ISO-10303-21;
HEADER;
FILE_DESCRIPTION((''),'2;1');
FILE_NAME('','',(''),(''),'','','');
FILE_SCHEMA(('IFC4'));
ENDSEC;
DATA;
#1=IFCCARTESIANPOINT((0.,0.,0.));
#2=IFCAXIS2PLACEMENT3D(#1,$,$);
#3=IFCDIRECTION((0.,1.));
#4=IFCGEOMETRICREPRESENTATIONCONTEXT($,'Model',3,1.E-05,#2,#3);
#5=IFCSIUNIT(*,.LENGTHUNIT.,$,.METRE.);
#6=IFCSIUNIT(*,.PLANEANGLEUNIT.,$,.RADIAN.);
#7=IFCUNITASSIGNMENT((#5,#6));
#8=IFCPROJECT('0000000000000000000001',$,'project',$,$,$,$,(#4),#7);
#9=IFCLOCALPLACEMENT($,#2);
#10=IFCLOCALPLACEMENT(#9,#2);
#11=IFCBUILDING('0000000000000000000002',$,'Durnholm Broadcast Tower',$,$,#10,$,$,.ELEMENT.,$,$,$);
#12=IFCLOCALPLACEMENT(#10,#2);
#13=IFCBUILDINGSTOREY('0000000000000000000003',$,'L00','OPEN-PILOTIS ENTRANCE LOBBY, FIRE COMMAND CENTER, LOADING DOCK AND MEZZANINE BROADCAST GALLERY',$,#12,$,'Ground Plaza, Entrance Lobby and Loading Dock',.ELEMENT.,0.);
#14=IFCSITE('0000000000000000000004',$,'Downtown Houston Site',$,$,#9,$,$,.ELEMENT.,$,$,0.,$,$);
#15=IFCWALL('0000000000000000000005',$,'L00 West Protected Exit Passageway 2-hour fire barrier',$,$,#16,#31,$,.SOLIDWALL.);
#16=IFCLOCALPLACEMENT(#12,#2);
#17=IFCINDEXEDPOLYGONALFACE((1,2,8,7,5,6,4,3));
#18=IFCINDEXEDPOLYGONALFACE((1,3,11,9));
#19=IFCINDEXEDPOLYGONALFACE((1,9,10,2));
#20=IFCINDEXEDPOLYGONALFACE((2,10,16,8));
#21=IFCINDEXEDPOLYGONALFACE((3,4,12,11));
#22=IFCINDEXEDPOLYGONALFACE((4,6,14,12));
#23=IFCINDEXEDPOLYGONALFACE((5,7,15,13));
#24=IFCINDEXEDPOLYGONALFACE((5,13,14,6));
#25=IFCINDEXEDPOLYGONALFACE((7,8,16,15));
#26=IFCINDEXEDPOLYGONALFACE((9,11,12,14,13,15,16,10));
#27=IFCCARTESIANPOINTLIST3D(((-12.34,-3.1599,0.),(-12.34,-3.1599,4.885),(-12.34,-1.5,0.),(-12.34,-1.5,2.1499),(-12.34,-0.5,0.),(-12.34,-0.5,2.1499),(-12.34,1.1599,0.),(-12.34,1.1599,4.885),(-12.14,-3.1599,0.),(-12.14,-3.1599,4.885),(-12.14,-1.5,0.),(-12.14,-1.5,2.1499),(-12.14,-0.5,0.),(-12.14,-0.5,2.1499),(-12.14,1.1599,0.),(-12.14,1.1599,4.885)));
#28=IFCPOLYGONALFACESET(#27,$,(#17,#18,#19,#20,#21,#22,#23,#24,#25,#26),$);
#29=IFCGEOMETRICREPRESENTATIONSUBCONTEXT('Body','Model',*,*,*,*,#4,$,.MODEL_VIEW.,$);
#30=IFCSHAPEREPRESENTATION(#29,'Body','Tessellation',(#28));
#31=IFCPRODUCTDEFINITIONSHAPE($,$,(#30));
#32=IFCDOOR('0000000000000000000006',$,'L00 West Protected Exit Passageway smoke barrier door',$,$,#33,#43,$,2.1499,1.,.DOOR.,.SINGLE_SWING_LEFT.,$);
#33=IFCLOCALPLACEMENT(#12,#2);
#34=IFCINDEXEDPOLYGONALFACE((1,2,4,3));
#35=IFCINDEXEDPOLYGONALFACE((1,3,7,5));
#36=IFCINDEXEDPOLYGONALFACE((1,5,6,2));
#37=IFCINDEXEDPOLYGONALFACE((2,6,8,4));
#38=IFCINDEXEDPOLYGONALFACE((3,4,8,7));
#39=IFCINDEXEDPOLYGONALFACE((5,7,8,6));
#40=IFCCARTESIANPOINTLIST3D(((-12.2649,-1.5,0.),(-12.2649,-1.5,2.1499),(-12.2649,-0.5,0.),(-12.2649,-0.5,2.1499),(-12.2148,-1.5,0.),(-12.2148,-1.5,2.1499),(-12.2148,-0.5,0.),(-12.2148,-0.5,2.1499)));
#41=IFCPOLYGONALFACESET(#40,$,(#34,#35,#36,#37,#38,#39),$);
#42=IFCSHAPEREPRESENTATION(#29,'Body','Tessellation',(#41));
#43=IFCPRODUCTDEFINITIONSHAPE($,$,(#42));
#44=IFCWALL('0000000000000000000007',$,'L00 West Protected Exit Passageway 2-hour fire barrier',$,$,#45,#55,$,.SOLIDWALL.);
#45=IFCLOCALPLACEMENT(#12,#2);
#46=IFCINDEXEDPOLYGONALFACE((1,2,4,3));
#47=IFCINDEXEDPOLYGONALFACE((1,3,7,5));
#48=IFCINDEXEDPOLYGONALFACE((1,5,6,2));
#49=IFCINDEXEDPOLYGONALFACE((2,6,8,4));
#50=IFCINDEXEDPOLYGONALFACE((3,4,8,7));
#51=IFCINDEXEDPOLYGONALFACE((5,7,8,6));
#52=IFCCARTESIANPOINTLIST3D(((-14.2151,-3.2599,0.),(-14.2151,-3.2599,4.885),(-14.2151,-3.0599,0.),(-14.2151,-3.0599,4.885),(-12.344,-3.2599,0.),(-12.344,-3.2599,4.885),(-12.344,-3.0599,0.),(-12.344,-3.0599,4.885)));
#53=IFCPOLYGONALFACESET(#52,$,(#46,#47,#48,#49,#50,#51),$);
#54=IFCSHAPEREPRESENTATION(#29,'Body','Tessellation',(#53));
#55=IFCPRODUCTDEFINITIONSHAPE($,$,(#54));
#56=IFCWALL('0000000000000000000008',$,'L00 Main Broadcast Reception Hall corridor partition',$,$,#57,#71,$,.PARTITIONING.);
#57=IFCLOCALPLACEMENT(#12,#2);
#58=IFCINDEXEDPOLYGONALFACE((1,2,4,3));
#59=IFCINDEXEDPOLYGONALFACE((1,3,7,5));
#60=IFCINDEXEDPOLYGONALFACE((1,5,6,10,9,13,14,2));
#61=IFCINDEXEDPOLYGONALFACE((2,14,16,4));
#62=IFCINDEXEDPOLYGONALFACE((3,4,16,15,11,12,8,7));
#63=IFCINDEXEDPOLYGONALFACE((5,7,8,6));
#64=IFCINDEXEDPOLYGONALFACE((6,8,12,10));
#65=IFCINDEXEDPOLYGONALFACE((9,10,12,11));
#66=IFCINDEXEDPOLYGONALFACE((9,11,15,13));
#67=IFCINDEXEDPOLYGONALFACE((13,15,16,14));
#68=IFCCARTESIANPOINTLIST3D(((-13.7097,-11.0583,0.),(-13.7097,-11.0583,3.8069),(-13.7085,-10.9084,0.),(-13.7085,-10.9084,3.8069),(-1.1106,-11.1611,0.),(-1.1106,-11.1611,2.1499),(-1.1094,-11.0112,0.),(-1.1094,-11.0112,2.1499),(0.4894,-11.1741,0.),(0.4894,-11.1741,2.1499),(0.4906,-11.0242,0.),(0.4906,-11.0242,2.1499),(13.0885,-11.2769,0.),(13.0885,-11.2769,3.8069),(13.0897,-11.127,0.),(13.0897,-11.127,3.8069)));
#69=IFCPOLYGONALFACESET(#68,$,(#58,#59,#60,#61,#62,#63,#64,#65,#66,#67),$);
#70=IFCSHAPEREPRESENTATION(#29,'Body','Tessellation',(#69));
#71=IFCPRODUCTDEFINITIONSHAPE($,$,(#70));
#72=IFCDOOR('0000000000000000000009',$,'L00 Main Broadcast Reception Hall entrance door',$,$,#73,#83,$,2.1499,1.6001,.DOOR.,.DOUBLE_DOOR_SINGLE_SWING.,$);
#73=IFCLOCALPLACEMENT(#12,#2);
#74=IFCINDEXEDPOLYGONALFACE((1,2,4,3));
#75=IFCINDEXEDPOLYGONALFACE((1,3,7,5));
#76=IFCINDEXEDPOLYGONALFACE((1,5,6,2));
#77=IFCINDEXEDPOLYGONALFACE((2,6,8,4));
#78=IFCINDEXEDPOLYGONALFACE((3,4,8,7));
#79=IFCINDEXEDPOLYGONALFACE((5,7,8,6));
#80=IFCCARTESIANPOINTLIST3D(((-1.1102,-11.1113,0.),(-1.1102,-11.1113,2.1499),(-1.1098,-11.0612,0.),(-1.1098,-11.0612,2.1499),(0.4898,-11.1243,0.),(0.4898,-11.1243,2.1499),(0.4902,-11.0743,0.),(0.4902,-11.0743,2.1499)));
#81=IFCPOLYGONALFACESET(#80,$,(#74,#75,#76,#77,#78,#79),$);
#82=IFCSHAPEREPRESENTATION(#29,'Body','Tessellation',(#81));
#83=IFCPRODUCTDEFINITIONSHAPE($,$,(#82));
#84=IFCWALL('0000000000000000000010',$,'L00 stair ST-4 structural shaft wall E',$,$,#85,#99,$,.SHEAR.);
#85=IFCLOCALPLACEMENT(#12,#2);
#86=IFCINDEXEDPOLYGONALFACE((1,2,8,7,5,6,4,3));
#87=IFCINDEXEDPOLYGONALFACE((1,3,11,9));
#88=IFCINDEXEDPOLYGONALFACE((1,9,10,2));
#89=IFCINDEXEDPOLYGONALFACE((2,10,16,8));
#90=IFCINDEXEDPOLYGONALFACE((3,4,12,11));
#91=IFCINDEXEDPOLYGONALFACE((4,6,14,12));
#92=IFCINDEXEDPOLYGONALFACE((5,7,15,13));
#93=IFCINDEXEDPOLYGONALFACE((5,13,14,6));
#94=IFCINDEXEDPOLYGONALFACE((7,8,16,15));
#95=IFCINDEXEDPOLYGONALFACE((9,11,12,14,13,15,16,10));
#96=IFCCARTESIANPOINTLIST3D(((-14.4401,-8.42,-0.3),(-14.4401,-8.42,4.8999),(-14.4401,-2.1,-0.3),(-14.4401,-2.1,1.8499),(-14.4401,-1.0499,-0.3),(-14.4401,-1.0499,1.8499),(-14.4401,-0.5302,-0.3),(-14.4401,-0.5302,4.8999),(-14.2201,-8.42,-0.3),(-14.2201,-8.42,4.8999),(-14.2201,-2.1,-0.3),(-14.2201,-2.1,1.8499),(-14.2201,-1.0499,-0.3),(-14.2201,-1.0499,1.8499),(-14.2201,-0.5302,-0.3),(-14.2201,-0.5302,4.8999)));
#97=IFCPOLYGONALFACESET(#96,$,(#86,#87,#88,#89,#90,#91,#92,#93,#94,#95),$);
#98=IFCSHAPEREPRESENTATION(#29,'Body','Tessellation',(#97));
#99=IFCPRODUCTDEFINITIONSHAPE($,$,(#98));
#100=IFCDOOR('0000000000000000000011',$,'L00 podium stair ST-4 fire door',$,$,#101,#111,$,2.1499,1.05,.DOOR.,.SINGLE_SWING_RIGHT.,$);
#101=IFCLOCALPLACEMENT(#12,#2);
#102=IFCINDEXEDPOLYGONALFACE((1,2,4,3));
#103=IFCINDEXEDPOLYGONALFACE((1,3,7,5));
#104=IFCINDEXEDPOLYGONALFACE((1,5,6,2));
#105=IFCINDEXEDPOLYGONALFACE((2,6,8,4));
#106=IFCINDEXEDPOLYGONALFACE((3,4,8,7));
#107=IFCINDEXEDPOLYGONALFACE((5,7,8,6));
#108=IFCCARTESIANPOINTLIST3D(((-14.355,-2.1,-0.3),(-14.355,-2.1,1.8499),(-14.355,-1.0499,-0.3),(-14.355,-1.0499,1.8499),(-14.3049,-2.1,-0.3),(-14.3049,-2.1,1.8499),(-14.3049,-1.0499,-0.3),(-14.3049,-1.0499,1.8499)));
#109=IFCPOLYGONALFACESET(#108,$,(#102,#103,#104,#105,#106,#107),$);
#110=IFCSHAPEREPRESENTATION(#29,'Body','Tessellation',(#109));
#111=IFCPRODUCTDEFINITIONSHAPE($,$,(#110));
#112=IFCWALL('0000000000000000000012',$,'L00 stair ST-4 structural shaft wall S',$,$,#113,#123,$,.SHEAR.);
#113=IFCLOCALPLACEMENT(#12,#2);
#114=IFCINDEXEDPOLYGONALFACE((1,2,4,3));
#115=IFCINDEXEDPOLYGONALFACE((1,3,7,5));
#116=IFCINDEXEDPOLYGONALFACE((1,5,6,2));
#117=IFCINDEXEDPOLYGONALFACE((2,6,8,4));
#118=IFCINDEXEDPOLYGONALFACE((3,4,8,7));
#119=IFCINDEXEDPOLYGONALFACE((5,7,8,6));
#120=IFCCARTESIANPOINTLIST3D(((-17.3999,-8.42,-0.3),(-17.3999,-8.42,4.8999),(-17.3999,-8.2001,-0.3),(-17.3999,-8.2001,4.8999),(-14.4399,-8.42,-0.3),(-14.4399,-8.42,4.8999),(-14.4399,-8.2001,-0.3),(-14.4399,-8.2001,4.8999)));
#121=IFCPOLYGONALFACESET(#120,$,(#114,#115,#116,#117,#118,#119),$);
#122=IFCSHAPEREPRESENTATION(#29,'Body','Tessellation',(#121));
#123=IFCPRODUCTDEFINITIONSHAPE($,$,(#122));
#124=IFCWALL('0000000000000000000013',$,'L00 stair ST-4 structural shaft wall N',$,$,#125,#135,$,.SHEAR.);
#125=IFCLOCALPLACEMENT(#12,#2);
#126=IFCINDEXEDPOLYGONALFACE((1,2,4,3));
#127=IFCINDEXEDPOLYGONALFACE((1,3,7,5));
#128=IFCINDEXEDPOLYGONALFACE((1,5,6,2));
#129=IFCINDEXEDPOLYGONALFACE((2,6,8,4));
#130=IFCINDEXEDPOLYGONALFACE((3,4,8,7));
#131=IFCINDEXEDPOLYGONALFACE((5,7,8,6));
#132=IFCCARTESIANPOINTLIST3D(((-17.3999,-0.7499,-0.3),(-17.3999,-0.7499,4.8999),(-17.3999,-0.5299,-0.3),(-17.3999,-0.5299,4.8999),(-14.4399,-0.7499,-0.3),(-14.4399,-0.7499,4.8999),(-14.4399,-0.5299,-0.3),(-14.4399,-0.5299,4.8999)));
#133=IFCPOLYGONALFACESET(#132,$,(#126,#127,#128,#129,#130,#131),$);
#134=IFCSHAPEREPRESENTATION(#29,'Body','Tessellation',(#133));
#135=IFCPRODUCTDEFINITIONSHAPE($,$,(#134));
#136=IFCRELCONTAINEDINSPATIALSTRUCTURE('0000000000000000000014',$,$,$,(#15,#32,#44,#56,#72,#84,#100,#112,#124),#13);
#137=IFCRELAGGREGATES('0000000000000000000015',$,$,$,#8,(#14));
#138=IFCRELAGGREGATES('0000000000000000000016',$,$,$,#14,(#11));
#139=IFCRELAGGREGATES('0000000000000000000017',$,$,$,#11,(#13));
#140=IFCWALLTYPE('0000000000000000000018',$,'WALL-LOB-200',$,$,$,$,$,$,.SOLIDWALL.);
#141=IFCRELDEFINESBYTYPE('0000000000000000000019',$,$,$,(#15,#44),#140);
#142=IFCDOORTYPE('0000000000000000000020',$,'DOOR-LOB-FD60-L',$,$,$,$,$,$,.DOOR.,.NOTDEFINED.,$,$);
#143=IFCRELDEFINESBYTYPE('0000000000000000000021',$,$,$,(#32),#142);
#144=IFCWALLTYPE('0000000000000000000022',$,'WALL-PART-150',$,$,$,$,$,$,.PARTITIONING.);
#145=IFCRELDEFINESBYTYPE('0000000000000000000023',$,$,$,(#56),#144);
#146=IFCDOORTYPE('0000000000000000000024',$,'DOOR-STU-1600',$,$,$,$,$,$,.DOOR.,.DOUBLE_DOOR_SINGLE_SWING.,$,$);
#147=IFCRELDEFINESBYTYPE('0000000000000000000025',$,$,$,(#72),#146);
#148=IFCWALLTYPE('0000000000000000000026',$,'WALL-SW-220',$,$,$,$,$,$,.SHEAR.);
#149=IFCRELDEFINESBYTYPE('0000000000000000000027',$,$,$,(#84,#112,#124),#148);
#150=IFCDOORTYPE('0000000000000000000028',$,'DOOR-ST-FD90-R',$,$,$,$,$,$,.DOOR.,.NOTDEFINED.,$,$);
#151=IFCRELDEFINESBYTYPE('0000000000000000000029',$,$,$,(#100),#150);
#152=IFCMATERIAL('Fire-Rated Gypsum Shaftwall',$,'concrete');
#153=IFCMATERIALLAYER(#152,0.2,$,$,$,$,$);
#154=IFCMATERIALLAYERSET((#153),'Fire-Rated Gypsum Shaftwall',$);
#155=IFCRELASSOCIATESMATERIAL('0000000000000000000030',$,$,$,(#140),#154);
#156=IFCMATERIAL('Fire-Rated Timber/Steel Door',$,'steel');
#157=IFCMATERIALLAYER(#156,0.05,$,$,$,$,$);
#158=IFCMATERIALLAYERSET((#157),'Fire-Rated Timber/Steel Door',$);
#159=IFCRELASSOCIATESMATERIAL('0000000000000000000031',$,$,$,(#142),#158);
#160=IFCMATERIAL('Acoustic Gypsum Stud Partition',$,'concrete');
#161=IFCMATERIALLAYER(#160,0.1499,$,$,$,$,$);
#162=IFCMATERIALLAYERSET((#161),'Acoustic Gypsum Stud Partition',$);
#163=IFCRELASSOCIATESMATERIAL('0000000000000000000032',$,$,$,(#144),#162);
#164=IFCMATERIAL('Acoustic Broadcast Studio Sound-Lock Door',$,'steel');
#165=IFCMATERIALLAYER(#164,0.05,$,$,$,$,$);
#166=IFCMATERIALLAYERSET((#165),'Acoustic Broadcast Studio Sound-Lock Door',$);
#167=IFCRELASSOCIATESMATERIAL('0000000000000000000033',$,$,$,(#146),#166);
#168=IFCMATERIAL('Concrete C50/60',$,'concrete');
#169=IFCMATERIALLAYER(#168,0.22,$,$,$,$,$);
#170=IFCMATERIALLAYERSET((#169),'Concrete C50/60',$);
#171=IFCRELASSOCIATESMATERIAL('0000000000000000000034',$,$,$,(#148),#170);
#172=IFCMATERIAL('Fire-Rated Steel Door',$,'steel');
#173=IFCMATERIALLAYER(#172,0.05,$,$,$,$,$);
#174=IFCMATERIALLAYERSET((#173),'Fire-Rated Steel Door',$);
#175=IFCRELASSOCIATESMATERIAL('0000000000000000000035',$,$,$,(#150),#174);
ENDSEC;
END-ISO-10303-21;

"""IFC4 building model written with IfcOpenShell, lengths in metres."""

from ifc_helpers import new_model, si_unit, direction, frame, frame_2d, origin, place, context, subcontext, project, spatial, rectangle, extrude, source, transform, mapped, material, layer, layer_set, type_object, type_shapes, element, fill, save


model = new_model("IFC4")

# Units and contexts
model_context = context("Model", 3, precision=1e-05, world=origin(), true_north=direction((0.0, 1.0)))
body_context = subcontext(model_context, "Body", "Model", "MODEL_VIEW")
ifc_project = project(units=[si_unit("LENGTHUNIT", "METRE"), si_unit("PLANEANGLEUNIT", "RADIAN")], contexts=[model_context])

# Site, building, storey
site_placement = place(None, origin())
site = spatial("IfcSite", under=ifc_project, at=site_placement, Name="Downtown Houston Site", CompositionType="ELEMENT", RefElevation=0.0)
building_placement = place(site_placement, origin())
building = spatial("IfcBuilding", under=site, at=building_placement, Name="Durnholm Broadcast Tower", CompositionType="ELEMENT")
storey_placement = place(building_placement, origin())
storey = spatial("IfcBuildingStorey", under=building, at=storey_placement, Name="L00", Description="OPEN-PILOTIS ENTRANCE LOBBY, FIRE COMMAND CENTER, LOADING DOCK AND MEZZANINE BROADCAST GALLERY", LongName="Ground Plaza, Entrance Lobby and Loading Dock", CompositionType="ELEMENT", Elevation=0.0)

# Wall, opening, door
ifc_material_1 = material(Name="Fire-Rated Gypsum Shaftwall", Category="concrete")
ifc_layer_1 = layer(ifc_material_1, 0.2)
ifc_layer_set_1 = layer_set([ifc_layer_1], Name="Fire-Rated Gypsum Shaftwall")
wall_type_1 = type_object("IfcWallType", Name="WALL-LOB-200", PredefinedType="SOLIDWALL", material=ifc_layer_set_1)
wall_1_placement = place(storey_placement, frame((-12.24, -3.1599, 0.0), z_axis=(0.0, 0.0, 1.0), x_axis=(0.0, 1.0, 0.0)))
wall_1 = element("IfcWall", 1, at=wall_1_placement, inside=storey, type_object=wall_type_1, Name="L00 West Protected Exit Passageway 2-hour fire barrier", PredefinedType="SOLIDWALL", context=body_context, shape_type="SweptSolid", body=[
    extrude(rectangle(XDim=4.3198, YDim=0.2, at=frame_2d((2.1599, 0.0))), origin(), (0.0, 0.0, 1.0), 4.885),
])
opening_1_placement = place(wall_1_placement, frame((1.6599, 0.0, 0.0)))
opening_1 = element("IfcOpeningElement", 2, at=opening_1_placement, cuts=wall_1, PredefinedType="OPENING", context=body_context, shape_type="SweptSolid", body=[
    extrude(rectangle(XDim=1.0, YDim=2.1499, at=frame_2d((0.5, 1.075))), frame((0.0, 0.1099, 0.0), z_axis=(0.0, -1.0, 0.0), x_axis=(1.0, 0.0, 0.0)), (0.0, 0.0, 1.0), 0.22),
])
ifc_material_2 = material(Name="Fire-Rated Timber/Steel Door", Category="steel")
ifc_layer_2 = layer(ifc_material_2, 0.05)
ifc_layer_set_2 = layer_set([ifc_layer_2], Name="Fire-Rated Timber/Steel Door")
door_type_1 = type_object("IfcDoorType", Name="DOOR-LOB-FD60-L", OperationType="NOTDEFINED", PredefinedType="DOOR", material=ifc_layer_set_2)
shared_shape_1 = source(origin(), body_context, "Body", "SweptSolid", [
    extrude(rectangle(XDim=1.0, YDim=2.1499, at=frame_2d((0.5, 1.075))), frame((0.0, 0.0249, 0.0), z_axis=(0.0, -1.0, 0.0), x_axis=(1.0, 0.0, 0.0)), (0.0, 0.0, 1.0), 0.05),
])
type_shapes(door_type_1, [shared_shape_1])
door_1_placement = place(opening_1_placement, origin())
door_1 = element("IfcDoor", 3, at=door_1_placement, inside=storey, type_object=door_type_1, Name="L00 West Protected Exit Passageway smoke barrier door", OperationType="SINGLE_SWING_LEFT", OverallHeight=2.1499, OverallWidth=1.0, PredefinedType="DOOR", context=body_context, shape_type="MappedRepresentation", body=[
    mapped(shared_shape_1, transform((0.0, 0.0, 0.0), x_axis=(1.0, 0.0, 0.0), y_axis=(0.0, 1.0, 0.0), z_axis=(0.0, 0.0, 1.0), scale=1.0)),
])
fill(opening_1, door_1)

# Wall
wall_2_placement = place(storey_placement, frame((-14.2151, -3.1599, 0.0), z_axis=(0.0, 0.0, 1.0), x_axis=(1.0, 0.0, 0.0)))
element("IfcWall", 4, at=wall_2_placement, inside=storey, type_object=wall_type_1, Name="L00 West Protected Exit Passageway 2-hour fire barrier", PredefinedType="SOLIDWALL", context=body_context, shape_type="SweptSolid", body=[
    extrude(rectangle(XDim=1.8711, YDim=0.2, at=frame_2d((0.9355, 0.0))), origin(), (0.0, 0.0, 1.0), 4.885),
])

# Walls, openings, doors
ifc_material_3 = material(Name="Acoustic Gypsum Stud Partition", Category="concrete")
ifc_layer_3 = layer(ifc_material_3, 0.1499)
ifc_layer_set_3 = layer_set([ifc_layer_3], Name="Acoustic Gypsum Stud Partition")
wall_type_2 = type_object("IfcWallType", Name="WALL-PART-150", PredefinedType="PARTITIONING", material=ifc_layer_set_3)
wall_3_placement = place(storey_placement, frame((-13.709, -10.9834, 0.0), z_axis=(0.0, 0.0, 1.0), x_axis=(0.999967, -0.008154, 0.0)))
wall_3 = element("IfcWall", 5, at=wall_3_placement, inside=storey, type_object=wall_type_2, Name="L00 Main Broadcast Reception Hall corridor partition", PredefinedType="PARTITIONING", context=body_context, shape_type="SweptSolid", body=[
    extrude(rectangle(XDim=26.7991, YDim=0.1499, at=frame_2d((13.3994, 0.0))), origin(), (0.0, 0.0, 1.0), 3.8069),
])
opening_2_placement = place(wall_3_placement, frame((12.5994, 0.0, 0.0)))
opening_2 = element("IfcOpeningElement", 6, at=opening_2_placement, cuts=wall_3, PredefinedType="OPENING", context=body_context, shape_type="SweptSolid", body=[
    extrude(rectangle(XDim=1.6001, YDim=2.1499, at=frame_2d((0.8, 1.075))), frame((0.0, 0.085, 0.0), z_axis=(0.0, -1.0, 0.0), x_axis=(1.0, 0.0, 0.0)), (0.0, 0.0, 1.0), 0.1699),
])
ifc_material_4 = material(Name="Acoustic Broadcast Studio Sound-Lock Door", Category="steel")
ifc_layer_4 = layer(ifc_material_4, 0.05)
ifc_layer_set_4 = layer_set([ifc_layer_4], Name="Acoustic Broadcast Studio Sound-Lock Door")
door_type_2 = type_object("IfcDoorType", Name="DOOR-STU-1600", OperationType="DOUBLE_DOOR_SINGLE_SWING", PredefinedType="DOOR", material=ifc_layer_set_4)
shared_shape_2 = source(origin(), body_context, "Body", "SweptSolid", [
    extrude(rectangle(XDim=1.6001, YDim=2.1499, at=frame_2d((0.8, 1.075))), frame((0.0, 0.0249, 0.0), z_axis=(0.0, -1.0, 0.0), x_axis=(1.0, 0.0, 0.0)), (0.0, 0.0, 1.0), 0.05),
])
type_shapes(door_type_2, [shared_shape_2])
door_2_placement = place(opening_2_placement, origin())
door_2 = element("IfcDoor", 7, at=door_2_placement, inside=storey, type_object=door_type_2, Name="L00 Main Broadcast Reception Hall entrance door", OperationType="DOUBLE_DOOR_SINGLE_SWING", OverallHeight=2.1499, OverallWidth=1.6001, PredefinedType="DOOR", context=body_context, shape_type="MappedRepresentation", body=[
    mapped(shared_shape_2, transform((0.0, 0.0, 0.0), x_axis=(1.0, 0.0, 0.0), y_axis=(0.0, 1.0, 0.0), z_axis=(0.0, 0.0, 1.0), scale=1.0)),
])
fill(opening_2, door_2)
ifc_material_5 = material(Name="Concrete C50/60", Category="concrete")
ifc_layer_5 = layer(ifc_material_5, 0.22)
ifc_layer_set_5 = layer_set([ifc_layer_5], Name="Concrete C50/60")
wall_type_3 = type_object("IfcWallType", Name="WALL-SW-220", PredefinedType="SHEAR", material=ifc_layer_set_5)
wall_4_placement = place(storey_placement, frame((-14.3301, -8.4199, -0.3), z_axis=(0.0, 0.0, 1.0), x_axis=(0.0, 1.0, 0.0)))
wall_4 = element("IfcWall", 8, at=wall_4_placement, inside=storey, type_object=wall_type_3, Name="L00 stair ST-4 structural shaft wall E", PredefinedType="SHEAR", context=body_context, shape_type="SweptSolid", body=[
    extrude(rectangle(XDim=7.8899, YDim=0.22, at=frame_2d((3.9448, 0.0))), origin(), (0.0, 0.0, 1.0), 5.2),
])
opening_3_placement = place(wall_4_placement, frame((6.3201, 0.0, 0.0)))
opening_3 = element("IfcOpeningElement", 9, at=opening_3_placement, cuts=wall_4, PredefinedType="OPENING", context=body_context, shape_type="SweptSolid", body=[
    extrude(rectangle(XDim=1.05, YDim=2.1499, at=frame_2d((0.5249, 1.075))), frame((0.0, 0.1201, 0.0), z_axis=(0.0, -1.0, 0.0), x_axis=(1.0, 0.0, 0.0)), (0.0, 0.0, 1.0), 0.24),
])
ifc_material_6 = material(Name="Fire-Rated Steel Door", Category="steel")
ifc_layer_6 = layer(ifc_material_6, 0.05)
ifc_layer_set_6 = layer_set([ifc_layer_6], Name="Fire-Rated Steel Door")
door_type_3 = type_object("IfcDoorType", Name="DOOR-ST-FD90-R", OperationType="NOTDEFINED", PredefinedType="DOOR", material=ifc_layer_set_6)
shared_shape_3 = source(origin(), body_context, "Body", "SweptSolid", [
    extrude(rectangle(XDim=1.05, YDim=2.1499, at=frame_2d((0.5249, 1.075))), frame((0.0, 0.0249, 0.0), z_axis=(0.0, -1.0, 0.0), x_axis=(1.0, 0.0, 0.0)), (0.0, 0.0, 1.0), 0.05),
])
type_shapes(door_type_3, [shared_shape_3])
door_3_placement = place(opening_3_placement, origin())
door_3 = element("IfcDoor", 10, at=door_3_placement, inside=storey, type_object=door_type_3, Name="L00 podium stair ST-4 fire door", OperationType="SINGLE_SWING_RIGHT", OverallHeight=2.1499, OverallWidth=1.05, PredefinedType="DOOR", context=body_context, shape_type="MappedRepresentation", body=[
    mapped(shared_shape_3, transform((0.0, 0.0, 0.0), x_axis=(1.0, 0.0, 0.0), y_axis=(0.0, 1.0, 0.0), z_axis=(0.0, 0.0, 1.0), scale=1.0)),
])
fill(opening_3, door_3)

# Walls
for number, where, z_axis, x_axis, name in (
    (11, (-17.3999, -8.3101, -0.3), (0.0, 0.0, 1.0), (1.0, 0.0, 0.0), "L00 stair ST-4 structural shaft wall S"),
    (12, (-14.4399, -0.6399, -0.3), (0.0, 0.0, 1.0), (-1.0, 0.0, 0.0), "L00 stair ST-4 structural shaft wall N"),
):
    element("IfcWall", number, at=place(storey_placement, frame(where, z_axis=z_axis, x_axis=x_axis)), inside=storey, type_object=wall_type_3, Name=name, PredefinedType="SHEAR", context=body_context, shape_type="SweptSolid", body=[
        extrude(rectangle(XDim=2.96, YDim=0.22, at=frame_2d((1.48, 0.0))), origin(), (0.0, 0.0, 1.0), 5.2),
    ])

save(model, "model.ifc")
